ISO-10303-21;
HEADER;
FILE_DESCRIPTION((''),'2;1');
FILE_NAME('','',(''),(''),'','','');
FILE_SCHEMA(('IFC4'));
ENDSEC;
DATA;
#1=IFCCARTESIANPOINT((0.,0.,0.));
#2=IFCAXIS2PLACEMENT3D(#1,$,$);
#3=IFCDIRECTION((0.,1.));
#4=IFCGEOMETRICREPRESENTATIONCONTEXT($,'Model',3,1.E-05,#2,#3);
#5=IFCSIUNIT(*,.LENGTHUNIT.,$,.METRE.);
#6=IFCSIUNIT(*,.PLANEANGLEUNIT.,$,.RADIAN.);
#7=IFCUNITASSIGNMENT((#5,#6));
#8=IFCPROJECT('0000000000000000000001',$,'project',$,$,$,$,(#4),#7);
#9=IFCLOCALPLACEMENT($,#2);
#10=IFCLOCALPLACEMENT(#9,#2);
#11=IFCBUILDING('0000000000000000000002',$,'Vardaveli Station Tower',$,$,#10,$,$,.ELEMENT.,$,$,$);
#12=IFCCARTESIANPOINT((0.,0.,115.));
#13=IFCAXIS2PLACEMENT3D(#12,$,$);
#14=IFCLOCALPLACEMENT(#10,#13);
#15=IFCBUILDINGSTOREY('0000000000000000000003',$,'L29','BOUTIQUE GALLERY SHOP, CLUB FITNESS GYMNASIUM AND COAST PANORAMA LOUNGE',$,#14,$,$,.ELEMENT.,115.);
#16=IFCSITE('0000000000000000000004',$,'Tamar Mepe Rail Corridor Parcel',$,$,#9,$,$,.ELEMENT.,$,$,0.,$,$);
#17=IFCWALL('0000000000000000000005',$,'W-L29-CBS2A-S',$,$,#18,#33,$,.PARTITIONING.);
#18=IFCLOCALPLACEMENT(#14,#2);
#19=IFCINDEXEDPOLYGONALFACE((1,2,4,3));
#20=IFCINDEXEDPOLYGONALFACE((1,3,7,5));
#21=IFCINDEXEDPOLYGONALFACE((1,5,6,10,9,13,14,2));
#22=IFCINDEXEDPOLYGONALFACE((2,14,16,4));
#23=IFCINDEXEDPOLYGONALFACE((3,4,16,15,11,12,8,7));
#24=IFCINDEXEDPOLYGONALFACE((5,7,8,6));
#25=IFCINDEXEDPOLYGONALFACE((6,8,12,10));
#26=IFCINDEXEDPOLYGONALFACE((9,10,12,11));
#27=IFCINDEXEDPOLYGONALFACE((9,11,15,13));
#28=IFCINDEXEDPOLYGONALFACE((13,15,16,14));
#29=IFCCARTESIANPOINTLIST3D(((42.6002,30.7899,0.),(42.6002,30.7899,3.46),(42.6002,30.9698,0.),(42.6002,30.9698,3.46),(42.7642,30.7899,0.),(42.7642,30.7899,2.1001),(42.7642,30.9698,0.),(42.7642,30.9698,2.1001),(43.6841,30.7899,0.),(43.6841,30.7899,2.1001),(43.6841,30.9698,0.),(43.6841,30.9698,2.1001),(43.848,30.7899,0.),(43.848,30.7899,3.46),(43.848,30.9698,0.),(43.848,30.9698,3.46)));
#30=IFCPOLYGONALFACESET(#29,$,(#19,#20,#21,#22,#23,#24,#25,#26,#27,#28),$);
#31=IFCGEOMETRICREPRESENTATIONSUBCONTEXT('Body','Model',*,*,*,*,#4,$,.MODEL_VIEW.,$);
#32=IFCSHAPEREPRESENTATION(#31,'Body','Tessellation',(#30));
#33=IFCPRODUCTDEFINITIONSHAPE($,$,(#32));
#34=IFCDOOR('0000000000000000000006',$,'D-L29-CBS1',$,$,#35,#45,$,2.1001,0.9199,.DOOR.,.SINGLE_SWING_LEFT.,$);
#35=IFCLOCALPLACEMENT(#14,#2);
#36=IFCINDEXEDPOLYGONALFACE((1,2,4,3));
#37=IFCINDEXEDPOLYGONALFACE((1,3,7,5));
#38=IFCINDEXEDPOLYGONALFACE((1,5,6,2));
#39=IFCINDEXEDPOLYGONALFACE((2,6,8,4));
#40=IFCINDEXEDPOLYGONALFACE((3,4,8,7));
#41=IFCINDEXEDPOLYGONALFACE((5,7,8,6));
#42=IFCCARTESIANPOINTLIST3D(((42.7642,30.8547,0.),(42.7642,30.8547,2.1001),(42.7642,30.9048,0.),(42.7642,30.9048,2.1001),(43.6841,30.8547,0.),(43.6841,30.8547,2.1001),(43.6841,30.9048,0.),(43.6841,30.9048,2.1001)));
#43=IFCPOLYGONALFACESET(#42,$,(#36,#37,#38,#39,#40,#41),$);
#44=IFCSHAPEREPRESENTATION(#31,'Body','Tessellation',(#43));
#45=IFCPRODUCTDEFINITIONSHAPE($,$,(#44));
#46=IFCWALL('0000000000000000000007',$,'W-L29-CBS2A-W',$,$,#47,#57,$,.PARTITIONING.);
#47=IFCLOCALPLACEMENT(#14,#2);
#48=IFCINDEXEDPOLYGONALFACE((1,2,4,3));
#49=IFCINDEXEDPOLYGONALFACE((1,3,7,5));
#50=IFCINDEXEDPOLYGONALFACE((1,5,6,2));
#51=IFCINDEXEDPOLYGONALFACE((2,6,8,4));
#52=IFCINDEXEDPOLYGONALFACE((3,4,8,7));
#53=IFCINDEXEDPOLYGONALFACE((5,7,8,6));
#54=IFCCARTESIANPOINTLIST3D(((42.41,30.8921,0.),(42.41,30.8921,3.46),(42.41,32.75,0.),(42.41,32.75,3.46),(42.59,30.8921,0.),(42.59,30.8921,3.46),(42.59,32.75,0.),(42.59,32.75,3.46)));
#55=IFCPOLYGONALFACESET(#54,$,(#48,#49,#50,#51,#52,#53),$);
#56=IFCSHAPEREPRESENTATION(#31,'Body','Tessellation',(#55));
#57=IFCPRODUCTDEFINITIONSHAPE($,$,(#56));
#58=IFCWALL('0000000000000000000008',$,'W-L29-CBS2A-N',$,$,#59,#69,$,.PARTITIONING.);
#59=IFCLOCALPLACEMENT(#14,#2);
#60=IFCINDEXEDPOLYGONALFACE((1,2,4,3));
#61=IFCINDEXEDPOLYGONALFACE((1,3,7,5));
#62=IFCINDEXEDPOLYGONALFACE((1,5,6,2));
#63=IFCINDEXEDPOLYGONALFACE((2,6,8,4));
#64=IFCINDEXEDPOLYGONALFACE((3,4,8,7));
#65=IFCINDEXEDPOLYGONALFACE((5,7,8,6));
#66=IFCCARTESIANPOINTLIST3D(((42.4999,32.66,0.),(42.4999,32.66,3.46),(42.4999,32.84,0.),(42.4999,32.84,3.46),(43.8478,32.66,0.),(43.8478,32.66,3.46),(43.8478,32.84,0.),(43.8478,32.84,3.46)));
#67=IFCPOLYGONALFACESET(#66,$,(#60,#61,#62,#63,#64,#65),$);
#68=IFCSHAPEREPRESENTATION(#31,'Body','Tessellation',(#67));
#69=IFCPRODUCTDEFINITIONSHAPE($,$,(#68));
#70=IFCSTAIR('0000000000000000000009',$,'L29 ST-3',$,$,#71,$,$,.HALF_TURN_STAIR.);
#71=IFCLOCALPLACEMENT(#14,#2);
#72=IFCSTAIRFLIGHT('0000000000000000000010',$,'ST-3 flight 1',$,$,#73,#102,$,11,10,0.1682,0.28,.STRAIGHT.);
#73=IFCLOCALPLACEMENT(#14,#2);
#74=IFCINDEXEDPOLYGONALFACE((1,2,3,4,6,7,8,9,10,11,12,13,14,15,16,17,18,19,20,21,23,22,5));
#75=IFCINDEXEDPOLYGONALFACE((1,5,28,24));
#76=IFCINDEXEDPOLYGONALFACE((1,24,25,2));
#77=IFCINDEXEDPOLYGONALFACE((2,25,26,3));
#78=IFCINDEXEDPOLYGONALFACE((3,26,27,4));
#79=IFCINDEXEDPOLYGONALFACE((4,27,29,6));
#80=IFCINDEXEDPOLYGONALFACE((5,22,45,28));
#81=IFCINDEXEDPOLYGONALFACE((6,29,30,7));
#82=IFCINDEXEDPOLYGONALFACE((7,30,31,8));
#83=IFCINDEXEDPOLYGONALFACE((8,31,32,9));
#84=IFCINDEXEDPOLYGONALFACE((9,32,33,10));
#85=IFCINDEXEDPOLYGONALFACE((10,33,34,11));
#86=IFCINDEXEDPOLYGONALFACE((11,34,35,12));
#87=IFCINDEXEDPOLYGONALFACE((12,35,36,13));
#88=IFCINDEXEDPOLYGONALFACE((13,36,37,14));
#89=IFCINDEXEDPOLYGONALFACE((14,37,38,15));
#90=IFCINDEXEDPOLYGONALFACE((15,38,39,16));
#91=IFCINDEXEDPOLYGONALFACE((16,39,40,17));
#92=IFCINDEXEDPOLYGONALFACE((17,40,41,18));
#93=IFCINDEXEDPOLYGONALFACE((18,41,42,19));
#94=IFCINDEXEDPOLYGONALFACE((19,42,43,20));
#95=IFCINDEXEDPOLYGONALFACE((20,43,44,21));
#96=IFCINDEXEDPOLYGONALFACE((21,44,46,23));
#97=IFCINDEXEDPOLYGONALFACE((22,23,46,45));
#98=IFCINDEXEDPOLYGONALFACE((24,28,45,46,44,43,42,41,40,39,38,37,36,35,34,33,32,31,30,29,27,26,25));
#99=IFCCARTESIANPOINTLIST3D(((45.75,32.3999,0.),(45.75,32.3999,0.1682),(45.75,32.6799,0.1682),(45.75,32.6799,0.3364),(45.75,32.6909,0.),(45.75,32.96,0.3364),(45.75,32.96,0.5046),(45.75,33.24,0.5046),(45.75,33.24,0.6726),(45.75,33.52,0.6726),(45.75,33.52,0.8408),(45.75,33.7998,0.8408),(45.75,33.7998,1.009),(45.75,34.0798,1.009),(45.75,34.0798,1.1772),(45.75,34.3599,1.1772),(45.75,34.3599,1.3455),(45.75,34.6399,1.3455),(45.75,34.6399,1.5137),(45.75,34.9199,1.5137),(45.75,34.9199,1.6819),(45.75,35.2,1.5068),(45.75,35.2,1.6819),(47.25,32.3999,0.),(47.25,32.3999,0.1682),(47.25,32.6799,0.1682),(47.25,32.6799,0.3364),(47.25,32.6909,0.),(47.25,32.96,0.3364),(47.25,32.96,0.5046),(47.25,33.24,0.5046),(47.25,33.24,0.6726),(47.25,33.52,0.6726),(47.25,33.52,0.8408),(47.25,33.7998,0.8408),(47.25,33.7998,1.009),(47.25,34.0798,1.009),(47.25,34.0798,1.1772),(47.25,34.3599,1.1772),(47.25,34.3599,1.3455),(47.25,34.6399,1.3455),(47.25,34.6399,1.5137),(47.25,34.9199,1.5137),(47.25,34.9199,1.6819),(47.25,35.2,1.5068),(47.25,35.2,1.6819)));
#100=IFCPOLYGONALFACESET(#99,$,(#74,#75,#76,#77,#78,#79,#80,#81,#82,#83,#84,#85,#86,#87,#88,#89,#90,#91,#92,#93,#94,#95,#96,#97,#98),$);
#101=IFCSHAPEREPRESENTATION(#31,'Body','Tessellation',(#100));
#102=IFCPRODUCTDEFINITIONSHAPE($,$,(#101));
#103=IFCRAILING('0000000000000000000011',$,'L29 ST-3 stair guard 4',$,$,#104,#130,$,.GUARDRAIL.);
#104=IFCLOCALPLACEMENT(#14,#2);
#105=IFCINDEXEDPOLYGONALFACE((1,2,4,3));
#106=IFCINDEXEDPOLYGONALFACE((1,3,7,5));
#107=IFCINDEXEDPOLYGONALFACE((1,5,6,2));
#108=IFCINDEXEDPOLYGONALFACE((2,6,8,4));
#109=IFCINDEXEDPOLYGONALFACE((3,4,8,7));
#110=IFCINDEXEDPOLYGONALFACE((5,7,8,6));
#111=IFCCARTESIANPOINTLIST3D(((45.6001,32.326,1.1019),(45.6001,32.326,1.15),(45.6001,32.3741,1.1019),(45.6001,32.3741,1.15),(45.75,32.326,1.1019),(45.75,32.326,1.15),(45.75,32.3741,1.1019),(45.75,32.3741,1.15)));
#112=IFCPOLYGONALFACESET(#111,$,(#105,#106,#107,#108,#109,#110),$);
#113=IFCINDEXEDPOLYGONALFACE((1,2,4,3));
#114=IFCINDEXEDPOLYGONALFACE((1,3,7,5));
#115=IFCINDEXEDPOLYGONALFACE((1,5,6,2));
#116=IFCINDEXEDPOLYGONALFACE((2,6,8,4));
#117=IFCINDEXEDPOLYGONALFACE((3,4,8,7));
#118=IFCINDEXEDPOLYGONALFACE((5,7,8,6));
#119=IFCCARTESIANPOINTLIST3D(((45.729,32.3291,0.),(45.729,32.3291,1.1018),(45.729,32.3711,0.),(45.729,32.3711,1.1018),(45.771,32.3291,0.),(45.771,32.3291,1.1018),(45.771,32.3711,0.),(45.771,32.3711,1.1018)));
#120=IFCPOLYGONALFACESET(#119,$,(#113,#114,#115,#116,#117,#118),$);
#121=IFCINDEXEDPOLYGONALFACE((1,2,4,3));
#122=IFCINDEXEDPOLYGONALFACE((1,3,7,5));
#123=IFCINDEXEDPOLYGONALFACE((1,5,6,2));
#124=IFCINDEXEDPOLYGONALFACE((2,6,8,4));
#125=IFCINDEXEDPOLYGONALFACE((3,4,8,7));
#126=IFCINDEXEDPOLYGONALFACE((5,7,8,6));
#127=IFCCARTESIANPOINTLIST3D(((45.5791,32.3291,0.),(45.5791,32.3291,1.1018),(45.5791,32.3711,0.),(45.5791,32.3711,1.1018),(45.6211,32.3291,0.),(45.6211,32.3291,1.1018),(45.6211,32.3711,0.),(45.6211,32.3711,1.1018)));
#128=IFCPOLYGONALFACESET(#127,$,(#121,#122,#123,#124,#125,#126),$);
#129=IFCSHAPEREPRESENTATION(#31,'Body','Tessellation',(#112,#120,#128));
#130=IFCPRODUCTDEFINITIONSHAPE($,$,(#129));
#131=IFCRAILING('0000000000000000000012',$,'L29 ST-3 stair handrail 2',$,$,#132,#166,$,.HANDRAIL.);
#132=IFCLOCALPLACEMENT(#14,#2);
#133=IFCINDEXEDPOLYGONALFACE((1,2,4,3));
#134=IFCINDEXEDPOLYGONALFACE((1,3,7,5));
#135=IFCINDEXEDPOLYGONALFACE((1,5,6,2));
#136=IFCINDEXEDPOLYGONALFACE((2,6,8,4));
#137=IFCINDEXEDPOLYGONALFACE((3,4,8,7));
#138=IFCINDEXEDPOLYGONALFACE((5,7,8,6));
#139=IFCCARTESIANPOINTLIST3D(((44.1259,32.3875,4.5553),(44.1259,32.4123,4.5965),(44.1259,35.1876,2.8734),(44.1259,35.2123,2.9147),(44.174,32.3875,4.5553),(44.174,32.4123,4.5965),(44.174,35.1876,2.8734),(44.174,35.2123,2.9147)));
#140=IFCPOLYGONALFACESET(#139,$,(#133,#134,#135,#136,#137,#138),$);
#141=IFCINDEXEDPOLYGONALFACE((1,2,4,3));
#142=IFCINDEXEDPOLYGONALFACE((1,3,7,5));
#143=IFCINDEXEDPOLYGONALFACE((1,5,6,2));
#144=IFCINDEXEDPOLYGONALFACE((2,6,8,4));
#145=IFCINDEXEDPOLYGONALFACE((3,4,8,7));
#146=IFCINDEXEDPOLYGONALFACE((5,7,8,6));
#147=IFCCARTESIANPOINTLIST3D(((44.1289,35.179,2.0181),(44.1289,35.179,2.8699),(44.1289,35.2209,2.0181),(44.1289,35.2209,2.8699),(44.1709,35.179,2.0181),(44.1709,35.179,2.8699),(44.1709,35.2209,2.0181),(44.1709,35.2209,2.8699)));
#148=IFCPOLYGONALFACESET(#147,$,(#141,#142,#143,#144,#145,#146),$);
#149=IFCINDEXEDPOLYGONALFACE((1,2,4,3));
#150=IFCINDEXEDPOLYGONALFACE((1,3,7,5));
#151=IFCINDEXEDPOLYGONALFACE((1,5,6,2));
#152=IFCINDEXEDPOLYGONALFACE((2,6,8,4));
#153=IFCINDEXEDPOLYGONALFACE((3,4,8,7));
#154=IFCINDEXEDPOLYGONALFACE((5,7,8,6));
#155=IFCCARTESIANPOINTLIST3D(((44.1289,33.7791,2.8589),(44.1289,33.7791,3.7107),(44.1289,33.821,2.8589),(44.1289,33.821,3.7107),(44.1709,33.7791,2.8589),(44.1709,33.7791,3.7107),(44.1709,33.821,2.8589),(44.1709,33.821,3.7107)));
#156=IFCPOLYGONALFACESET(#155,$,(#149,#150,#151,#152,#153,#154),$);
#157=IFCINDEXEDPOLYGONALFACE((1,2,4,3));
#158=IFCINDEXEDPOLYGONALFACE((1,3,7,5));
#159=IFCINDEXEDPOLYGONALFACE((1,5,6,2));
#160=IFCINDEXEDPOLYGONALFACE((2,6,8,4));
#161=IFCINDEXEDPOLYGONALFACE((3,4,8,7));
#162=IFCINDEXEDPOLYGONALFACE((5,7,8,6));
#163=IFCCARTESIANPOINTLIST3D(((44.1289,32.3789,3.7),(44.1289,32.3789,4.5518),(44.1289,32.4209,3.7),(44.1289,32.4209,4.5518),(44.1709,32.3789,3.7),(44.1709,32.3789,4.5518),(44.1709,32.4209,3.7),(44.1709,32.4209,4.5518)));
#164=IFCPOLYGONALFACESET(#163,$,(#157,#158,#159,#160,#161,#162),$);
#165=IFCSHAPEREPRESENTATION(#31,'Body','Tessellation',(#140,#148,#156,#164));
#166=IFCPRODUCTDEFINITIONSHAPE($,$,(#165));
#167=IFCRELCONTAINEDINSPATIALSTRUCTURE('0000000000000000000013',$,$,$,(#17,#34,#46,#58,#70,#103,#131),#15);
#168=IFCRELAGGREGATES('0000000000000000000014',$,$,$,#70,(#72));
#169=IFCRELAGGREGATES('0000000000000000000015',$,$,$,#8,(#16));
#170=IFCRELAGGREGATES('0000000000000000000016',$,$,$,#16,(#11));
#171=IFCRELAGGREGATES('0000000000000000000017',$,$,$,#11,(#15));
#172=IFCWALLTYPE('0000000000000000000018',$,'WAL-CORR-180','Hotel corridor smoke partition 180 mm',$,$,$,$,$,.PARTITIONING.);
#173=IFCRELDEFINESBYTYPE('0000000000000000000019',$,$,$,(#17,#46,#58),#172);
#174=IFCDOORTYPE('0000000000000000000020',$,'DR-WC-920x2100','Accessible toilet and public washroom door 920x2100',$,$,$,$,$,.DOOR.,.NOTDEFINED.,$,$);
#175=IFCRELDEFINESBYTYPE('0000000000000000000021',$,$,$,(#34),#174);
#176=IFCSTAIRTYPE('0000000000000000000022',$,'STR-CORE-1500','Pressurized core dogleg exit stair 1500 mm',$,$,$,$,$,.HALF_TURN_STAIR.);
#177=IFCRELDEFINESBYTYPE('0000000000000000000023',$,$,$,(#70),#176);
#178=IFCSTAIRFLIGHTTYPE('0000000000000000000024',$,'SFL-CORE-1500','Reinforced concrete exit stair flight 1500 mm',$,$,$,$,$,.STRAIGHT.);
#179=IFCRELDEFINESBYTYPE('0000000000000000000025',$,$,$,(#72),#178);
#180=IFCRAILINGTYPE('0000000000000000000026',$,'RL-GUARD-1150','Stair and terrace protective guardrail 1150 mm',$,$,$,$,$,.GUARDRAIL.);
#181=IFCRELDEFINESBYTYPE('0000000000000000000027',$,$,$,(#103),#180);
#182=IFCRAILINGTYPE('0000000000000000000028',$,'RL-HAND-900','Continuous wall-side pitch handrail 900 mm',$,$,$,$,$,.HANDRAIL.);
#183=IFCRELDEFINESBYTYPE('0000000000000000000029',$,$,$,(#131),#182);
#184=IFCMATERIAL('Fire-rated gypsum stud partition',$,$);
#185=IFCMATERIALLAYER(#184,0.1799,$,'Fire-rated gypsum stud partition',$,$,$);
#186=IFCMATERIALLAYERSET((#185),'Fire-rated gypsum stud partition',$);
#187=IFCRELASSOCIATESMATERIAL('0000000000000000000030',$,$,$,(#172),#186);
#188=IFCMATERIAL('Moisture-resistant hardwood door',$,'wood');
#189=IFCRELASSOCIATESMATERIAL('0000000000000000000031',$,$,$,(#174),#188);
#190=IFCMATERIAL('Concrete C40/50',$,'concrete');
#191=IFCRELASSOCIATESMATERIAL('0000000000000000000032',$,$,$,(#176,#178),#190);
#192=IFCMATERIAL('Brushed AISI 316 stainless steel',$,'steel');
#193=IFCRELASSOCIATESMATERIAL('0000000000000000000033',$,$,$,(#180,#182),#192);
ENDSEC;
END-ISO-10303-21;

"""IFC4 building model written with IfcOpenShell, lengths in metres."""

from ifc_helpers import new_model, si_unit, direction, frame, frame_2d, origin, origin_2d, place, context, subcontext, project, spatial, polyline, rectangle, outline, extrude, source, transform, mapped, material, layer, layer_set, type_object, element, fill, aggregate, save


model = new_model("IFC4")

# Units and contexts
model_context = context("Model", 3, precision=1e-05, world=origin(), true_north=direction((0.0, 1.0)))
body_context = subcontext(model_context, "Body", "Model", "MODEL_VIEW")
ifc_project = project(units=[si_unit("LENGTHUNIT", "METRE"), si_unit("PLANEANGLEUNIT", "RADIAN")], contexts=[model_context])

# Site, building, storey
site_placement = place(None, origin())
site = spatial("IfcSite", under=ifc_project, at=site_placement, Name="Tamar Mepe Rail Corridor Parcel", CompositionType="ELEMENT", RefElevation=0.0)
building_placement = place(site_placement, origin())
building = spatial("IfcBuilding", under=site, at=building_placement, Name="Vardaveli Station Tower", CompositionType="ELEMENT")
storey_placement = place(building_placement, frame((0.0, 0.0, 115.0)))
storey = spatial("IfcBuildingStorey", under=building, at=storey_placement, Name="L29", Description="BOUTIQUE GALLERY SHOP, CLUB FITNESS GYMNASIUM AND COAST PANORAMA LOUNGE", CompositionType="ELEMENT", Elevation=115.0)

# Shared definitions
ifc_material_1 = material(Name="Concrete C40/50", Category="concrete")

# Wall, opening, door
ifc_material_2 = material(Name="Fire-rated gypsum stud partition")
ifc_layer_1 = layer(ifc_material_2, 0.1799, Name="Fire-rated gypsum stud partition")
ifc_layer_set_1 = layer_set([ifc_layer_1], Name="Fire-rated gypsum stud partition")
wall_type_1 = type_object("IfcWallType", Name="WAL-CORR-180", Description="Hotel corridor smoke partition 180 mm", PredefinedType="PARTITIONING", material=ifc_layer_set_1)
shared_shape_1 = source(origin(), body_context, "Body", "SweptSolid", [
    extrude(rectangle(XDim=1.2478, YDim=0.1799, at=frame_2d((0.624, 0.0))), origin(), (0.0, 0.0, 1.0), 3.46),
])
wall_1_placement = place(storey_placement, frame((42.6001, 30.8799, 0.0), z_axis=(0.0, 0.0, 1.0), x_axis=(1.0, 0.0, 0.0)))
wall_1 = element("IfcWall", 1, at=wall_1_placement, inside=storey, type_object=wall_type_1, Name="W-L29-CBS2A-S", PredefinedType="PARTITIONING", context=body_context, shape_type="MappedRepresentation", body=[
    mapped(shared_shape_1, transform((0.0, 0.0, 0.0), scale=1.0)),
])
shared_shape_2 = source(origin(), body_context, "Body", "SweptSolid", [
    extrude(rectangle(XDim=0.9199, YDim=2.1001, at=frame_2d((0.46, 1.05))), frame((0.0, 0.1001, 0.0), z_axis=(0.0, -1.0, 0.0), x_axis=(1.0, 0.0, 0.0)), (0.0, 0.0, 1.0), 0.2),
])
opening_1_placement = place(wall_1_placement, frame((0.1641, 0.0, 0.0)))
opening_1 = element("IfcOpeningElement", 2, at=opening_1_placement, cuts=wall_1, PredefinedType="OPENING", context=body_context, shape_type="MappedRepresentation", body=[
    mapped(shared_shape_2, transform((0.0, 0.0, 0.0), scale=1.0)),
])
ifc_material_3 = material(Name="Moisture-resistant hardwood door", Category="wood")
door_type_1 = type_object("IfcDoorType", Name="DR-WC-920x2100", Description="Accessible toilet and public washroom door 920x2100", OperationType="NOTDEFINED", PredefinedType="DOOR", material=ifc_material_3)
shared_shape_3 = source(origin(), body_context, "Body", "SweptSolid", [
    extrude(rectangle(XDim=0.9199, YDim=2.1001, at=frame_2d((0.46, 1.05))), frame((0.0, 0.0249, 0.0), z_axis=(0.0, -1.0, 0.0), x_axis=(1.0, 0.0, 0.0)), (0.0, 0.0, 1.0), 0.05),
])
door_1_placement = place(opening_1_placement, origin())
door_1 = element("IfcDoor", 3, at=door_1_placement, inside=storey, type_object=door_type_1, Name="D-L29-CBS1", OperationType="SINGLE_SWING_LEFT", OverallHeight=2.1001, OverallWidth=0.9199, PredefinedType="DOOR", context=body_context, shape_type="MappedRepresentation", body=[
    mapped(shared_shape_3, transform((0.0, 0.0, 0.0), scale=1.0)),
])
fill(opening_1, door_1)

# Walls
shared_shape_4 = source(origin(), body_context, "Body", "SweptSolid", [
    extrude(rectangle(XDim=1.8579, YDim=0.1799, at=frame_2d((0.929, 0.0))), origin(), (0.0, 0.0, 1.0), 3.46),
])
wall_2_placement = place(storey_placement, frame((42.5, 30.8921, 0.0), z_axis=(0.0, 0.0, 1.0), x_axis=(0.0, 1.0, 0.0)))
element("IfcWall", 4, at=wall_2_placement, inside=storey, type_object=wall_type_1, Name="W-L29-CBS2A-W", PredefinedType="PARTITIONING", context=body_context, shape_type="MappedRepresentation", body=[
    mapped(shared_shape_4, transform((0.0, 0.0, 0.0), scale=1.0)),
])
shared_shape_5 = source(origin(), body_context, "Body", "SweptSolid", [
    extrude(rectangle(XDim=1.3479, YDim=0.1799, at=frame_2d((0.6738, 0.0))), origin(), (0.0, 0.0, 1.0), 3.46),
])
wall_3_placement = place(storey_placement, frame((42.5, 32.75, 0.0), z_axis=(0.0, 0.0, 1.0), x_axis=(1.0, 0.0, 0.0)))
element("IfcWall", 5, at=wall_3_placement, inside=storey, type_object=wall_type_1, Name="W-L29-CBS2A-N", PredefinedType="PARTITIONING", context=body_context, shape_type="MappedRepresentation", body=[
    mapped(shared_shape_5, transform((0.0, 0.0, 0.0), scale=1.0)),
])

# Stair, stair flight
stair_type = type_object("IfcStairType", Name="STR-CORE-1500", Description="Pressurized core dogleg exit stair 1500 mm", PredefinedType="HALF_TURN_STAIR", material=ifc_material_1)
stair_placement = place(storey_placement, origin())
stair = element("IfcStair", 6, at=stair_placement, inside=storey, type_object=stair_type, Name="L29 ST-3", PredefinedType="HALF_TURN_STAIR")
stair_flight_type = type_object("IfcStairFlightType", Name="SFL-CORE-1500", Description="Reinforced concrete exit stair flight 1500 mm", PredefinedType="STRAIGHT", material=ifc_material_1)
shared_shape_6 = source(origin(), body_context, "Body", "SweptSolid", [
    extrude(outline(polyline([(0.0, 0.0), (0.0, 0.1682), (0.28, 0.1682), (0.28, 0.3364), (0.5601, 0.3364), (0.5601, 0.5046), (0.8401, 0.5046), (0.8401, 0.6726), (1.1201, 0.6726), (1.1201, 0.8408), (1.3999, 0.8408), (1.3999, 1.009), (1.6799, 1.009), (1.6799, 1.1772), (1.96, 1.1772), (1.96, 1.3455), (2.24, 1.3455), (2.24, 1.5137), (2.52, 1.5137), (2.52, 1.6819), (2.8, 1.6819), (2.8, 1.8501), (2.8, 1.5068), (0.291, 0.0), (0.0, 0.0)])), frame((0.0, 0.75, 0.0), z_axis=(0.0, -1.0, 0.0), x_axis=(1.0, 0.0, 0.0)), (0.0, 0.0, 1.0), 1.5),
])
stair_flight_placement = place(storey_placement, frame((46.5, 32.3999, 0.0), z_axis=(0.0, 0.0, 1.0), x_axis=(0.0, 1.0, 0.0)))
stair_flight = element("IfcStairFlight", 7, at=stair_flight_placement, type_object=stair_flight_type, Name="ST-3 flight 1", NumberOfRisers=11, NumberOfTreads=10, PredefinedType="STRAIGHT", RiserHeight=0.1682, TreadLength=0.28, context=body_context, shape_type="MappedRepresentation", body=[
    mapped(shared_shape_6, transform((0.0, 0.0, 0.0), scale=1.0)),
])
aggregate(stair, [stair_flight])

# Railings
ifc_material_4 = material(Name="Brushed AISI 316 stainless steel", Category="steel")
railing_type_1 = type_object("IfcRailingType", Name="RL-GUARD-1150", Description="Stair and terrace protective guardrail 1150 mm", PredefinedType="GUARDRAIL", material=ifc_material_4)
shared_shape_7 = source(origin(), body_context, "Body", "SweptSolid", [
    extrude(rectangle(XDim=0.0481, YDim=0.0481, at=origin_2d()), frame((0.0, 0.0, 1.126), z_axis=(-1.0, 0.0, 0.0), x_axis=(0.0, -1.0, 0.0)), (0.0, 0.0, 1.0), 0.1499),
    extrude(rectangle(XDim=0.042, YDim=0.042, at=origin_2d()), origin(), (0.0, 0.0, 1.0), 1.1018),
    extrude(rectangle(XDim=0.042, YDim=0.042, at=origin_2d()), frame((-0.1499, 0.0, 0.0)), (0.0, 0.0, 1.0), 1.1018),
])
railing_1_placement = place(storey_placement, frame((45.75, 32.3501, 0.0)))
element("IfcRailing", 8, at=railing_1_placement, inside=storey, type_object=railing_type_1, Name="L29 ST-3 stair guard 4", PredefinedType="GUARDRAIL", context=body_context, shape_type="MappedRepresentation", body=[
    mapped(shared_shape_7, transform((0.0, 0.0, 0.0), scale=1.0)),
])
railing_type_2 = type_object("IfcRailingType", Name="RL-HAND-900", Description="Continuous wall-side pitch handrail 900 mm", PredefinedType="HANDRAIL", material=ifc_material_4)
shared_shape_8 = source(origin(), body_context, "Body", "SweptSolid", [
    extrude(rectangle(XDim=0.0481, YDim=0.0481, at=origin_2d()), frame((0.0, 0.0, 0.876), z_axis=(0.0, -0.857242, 0.514913), x_axis=(1.0, 0.0, 0.0)), (0.0, 0.0, 1.0), 3.2664),
    extrude(rectangle(XDim=0.042, YDim=0.042, at=origin_2d()), origin(), (0.0, 0.0, 1.0), 0.8518),
    extrude(rectangle(XDim=0.042, YDim=0.042, at=origin_2d()), frame((0.0, -1.3999, 0.8408)), (0.0, 0.0, 1.0), 0.8518),
    extrude(rectangle(XDim=0.042, YDim=0.042, at=origin_2d()), frame((0.0, -2.8, 1.6819)), (0.0, 0.0, 1.0), 0.8518),
])
railing_2_placement = place(storey_placement, frame((44.1499, 35.2, 2.0181)))
element("IfcRailing", 9, at=railing_2_placement, inside=storey, type_object=railing_type_2, Name="L29 ST-3 stair handrail 2", PredefinedType="HANDRAIL", context=body_context, shape_type="MappedRepresentation", body=[
    mapped(shared_shape_8, transform((0.0, 0.0, 0.0), scale=1.0)),
])

save(model, "model.ifc")
